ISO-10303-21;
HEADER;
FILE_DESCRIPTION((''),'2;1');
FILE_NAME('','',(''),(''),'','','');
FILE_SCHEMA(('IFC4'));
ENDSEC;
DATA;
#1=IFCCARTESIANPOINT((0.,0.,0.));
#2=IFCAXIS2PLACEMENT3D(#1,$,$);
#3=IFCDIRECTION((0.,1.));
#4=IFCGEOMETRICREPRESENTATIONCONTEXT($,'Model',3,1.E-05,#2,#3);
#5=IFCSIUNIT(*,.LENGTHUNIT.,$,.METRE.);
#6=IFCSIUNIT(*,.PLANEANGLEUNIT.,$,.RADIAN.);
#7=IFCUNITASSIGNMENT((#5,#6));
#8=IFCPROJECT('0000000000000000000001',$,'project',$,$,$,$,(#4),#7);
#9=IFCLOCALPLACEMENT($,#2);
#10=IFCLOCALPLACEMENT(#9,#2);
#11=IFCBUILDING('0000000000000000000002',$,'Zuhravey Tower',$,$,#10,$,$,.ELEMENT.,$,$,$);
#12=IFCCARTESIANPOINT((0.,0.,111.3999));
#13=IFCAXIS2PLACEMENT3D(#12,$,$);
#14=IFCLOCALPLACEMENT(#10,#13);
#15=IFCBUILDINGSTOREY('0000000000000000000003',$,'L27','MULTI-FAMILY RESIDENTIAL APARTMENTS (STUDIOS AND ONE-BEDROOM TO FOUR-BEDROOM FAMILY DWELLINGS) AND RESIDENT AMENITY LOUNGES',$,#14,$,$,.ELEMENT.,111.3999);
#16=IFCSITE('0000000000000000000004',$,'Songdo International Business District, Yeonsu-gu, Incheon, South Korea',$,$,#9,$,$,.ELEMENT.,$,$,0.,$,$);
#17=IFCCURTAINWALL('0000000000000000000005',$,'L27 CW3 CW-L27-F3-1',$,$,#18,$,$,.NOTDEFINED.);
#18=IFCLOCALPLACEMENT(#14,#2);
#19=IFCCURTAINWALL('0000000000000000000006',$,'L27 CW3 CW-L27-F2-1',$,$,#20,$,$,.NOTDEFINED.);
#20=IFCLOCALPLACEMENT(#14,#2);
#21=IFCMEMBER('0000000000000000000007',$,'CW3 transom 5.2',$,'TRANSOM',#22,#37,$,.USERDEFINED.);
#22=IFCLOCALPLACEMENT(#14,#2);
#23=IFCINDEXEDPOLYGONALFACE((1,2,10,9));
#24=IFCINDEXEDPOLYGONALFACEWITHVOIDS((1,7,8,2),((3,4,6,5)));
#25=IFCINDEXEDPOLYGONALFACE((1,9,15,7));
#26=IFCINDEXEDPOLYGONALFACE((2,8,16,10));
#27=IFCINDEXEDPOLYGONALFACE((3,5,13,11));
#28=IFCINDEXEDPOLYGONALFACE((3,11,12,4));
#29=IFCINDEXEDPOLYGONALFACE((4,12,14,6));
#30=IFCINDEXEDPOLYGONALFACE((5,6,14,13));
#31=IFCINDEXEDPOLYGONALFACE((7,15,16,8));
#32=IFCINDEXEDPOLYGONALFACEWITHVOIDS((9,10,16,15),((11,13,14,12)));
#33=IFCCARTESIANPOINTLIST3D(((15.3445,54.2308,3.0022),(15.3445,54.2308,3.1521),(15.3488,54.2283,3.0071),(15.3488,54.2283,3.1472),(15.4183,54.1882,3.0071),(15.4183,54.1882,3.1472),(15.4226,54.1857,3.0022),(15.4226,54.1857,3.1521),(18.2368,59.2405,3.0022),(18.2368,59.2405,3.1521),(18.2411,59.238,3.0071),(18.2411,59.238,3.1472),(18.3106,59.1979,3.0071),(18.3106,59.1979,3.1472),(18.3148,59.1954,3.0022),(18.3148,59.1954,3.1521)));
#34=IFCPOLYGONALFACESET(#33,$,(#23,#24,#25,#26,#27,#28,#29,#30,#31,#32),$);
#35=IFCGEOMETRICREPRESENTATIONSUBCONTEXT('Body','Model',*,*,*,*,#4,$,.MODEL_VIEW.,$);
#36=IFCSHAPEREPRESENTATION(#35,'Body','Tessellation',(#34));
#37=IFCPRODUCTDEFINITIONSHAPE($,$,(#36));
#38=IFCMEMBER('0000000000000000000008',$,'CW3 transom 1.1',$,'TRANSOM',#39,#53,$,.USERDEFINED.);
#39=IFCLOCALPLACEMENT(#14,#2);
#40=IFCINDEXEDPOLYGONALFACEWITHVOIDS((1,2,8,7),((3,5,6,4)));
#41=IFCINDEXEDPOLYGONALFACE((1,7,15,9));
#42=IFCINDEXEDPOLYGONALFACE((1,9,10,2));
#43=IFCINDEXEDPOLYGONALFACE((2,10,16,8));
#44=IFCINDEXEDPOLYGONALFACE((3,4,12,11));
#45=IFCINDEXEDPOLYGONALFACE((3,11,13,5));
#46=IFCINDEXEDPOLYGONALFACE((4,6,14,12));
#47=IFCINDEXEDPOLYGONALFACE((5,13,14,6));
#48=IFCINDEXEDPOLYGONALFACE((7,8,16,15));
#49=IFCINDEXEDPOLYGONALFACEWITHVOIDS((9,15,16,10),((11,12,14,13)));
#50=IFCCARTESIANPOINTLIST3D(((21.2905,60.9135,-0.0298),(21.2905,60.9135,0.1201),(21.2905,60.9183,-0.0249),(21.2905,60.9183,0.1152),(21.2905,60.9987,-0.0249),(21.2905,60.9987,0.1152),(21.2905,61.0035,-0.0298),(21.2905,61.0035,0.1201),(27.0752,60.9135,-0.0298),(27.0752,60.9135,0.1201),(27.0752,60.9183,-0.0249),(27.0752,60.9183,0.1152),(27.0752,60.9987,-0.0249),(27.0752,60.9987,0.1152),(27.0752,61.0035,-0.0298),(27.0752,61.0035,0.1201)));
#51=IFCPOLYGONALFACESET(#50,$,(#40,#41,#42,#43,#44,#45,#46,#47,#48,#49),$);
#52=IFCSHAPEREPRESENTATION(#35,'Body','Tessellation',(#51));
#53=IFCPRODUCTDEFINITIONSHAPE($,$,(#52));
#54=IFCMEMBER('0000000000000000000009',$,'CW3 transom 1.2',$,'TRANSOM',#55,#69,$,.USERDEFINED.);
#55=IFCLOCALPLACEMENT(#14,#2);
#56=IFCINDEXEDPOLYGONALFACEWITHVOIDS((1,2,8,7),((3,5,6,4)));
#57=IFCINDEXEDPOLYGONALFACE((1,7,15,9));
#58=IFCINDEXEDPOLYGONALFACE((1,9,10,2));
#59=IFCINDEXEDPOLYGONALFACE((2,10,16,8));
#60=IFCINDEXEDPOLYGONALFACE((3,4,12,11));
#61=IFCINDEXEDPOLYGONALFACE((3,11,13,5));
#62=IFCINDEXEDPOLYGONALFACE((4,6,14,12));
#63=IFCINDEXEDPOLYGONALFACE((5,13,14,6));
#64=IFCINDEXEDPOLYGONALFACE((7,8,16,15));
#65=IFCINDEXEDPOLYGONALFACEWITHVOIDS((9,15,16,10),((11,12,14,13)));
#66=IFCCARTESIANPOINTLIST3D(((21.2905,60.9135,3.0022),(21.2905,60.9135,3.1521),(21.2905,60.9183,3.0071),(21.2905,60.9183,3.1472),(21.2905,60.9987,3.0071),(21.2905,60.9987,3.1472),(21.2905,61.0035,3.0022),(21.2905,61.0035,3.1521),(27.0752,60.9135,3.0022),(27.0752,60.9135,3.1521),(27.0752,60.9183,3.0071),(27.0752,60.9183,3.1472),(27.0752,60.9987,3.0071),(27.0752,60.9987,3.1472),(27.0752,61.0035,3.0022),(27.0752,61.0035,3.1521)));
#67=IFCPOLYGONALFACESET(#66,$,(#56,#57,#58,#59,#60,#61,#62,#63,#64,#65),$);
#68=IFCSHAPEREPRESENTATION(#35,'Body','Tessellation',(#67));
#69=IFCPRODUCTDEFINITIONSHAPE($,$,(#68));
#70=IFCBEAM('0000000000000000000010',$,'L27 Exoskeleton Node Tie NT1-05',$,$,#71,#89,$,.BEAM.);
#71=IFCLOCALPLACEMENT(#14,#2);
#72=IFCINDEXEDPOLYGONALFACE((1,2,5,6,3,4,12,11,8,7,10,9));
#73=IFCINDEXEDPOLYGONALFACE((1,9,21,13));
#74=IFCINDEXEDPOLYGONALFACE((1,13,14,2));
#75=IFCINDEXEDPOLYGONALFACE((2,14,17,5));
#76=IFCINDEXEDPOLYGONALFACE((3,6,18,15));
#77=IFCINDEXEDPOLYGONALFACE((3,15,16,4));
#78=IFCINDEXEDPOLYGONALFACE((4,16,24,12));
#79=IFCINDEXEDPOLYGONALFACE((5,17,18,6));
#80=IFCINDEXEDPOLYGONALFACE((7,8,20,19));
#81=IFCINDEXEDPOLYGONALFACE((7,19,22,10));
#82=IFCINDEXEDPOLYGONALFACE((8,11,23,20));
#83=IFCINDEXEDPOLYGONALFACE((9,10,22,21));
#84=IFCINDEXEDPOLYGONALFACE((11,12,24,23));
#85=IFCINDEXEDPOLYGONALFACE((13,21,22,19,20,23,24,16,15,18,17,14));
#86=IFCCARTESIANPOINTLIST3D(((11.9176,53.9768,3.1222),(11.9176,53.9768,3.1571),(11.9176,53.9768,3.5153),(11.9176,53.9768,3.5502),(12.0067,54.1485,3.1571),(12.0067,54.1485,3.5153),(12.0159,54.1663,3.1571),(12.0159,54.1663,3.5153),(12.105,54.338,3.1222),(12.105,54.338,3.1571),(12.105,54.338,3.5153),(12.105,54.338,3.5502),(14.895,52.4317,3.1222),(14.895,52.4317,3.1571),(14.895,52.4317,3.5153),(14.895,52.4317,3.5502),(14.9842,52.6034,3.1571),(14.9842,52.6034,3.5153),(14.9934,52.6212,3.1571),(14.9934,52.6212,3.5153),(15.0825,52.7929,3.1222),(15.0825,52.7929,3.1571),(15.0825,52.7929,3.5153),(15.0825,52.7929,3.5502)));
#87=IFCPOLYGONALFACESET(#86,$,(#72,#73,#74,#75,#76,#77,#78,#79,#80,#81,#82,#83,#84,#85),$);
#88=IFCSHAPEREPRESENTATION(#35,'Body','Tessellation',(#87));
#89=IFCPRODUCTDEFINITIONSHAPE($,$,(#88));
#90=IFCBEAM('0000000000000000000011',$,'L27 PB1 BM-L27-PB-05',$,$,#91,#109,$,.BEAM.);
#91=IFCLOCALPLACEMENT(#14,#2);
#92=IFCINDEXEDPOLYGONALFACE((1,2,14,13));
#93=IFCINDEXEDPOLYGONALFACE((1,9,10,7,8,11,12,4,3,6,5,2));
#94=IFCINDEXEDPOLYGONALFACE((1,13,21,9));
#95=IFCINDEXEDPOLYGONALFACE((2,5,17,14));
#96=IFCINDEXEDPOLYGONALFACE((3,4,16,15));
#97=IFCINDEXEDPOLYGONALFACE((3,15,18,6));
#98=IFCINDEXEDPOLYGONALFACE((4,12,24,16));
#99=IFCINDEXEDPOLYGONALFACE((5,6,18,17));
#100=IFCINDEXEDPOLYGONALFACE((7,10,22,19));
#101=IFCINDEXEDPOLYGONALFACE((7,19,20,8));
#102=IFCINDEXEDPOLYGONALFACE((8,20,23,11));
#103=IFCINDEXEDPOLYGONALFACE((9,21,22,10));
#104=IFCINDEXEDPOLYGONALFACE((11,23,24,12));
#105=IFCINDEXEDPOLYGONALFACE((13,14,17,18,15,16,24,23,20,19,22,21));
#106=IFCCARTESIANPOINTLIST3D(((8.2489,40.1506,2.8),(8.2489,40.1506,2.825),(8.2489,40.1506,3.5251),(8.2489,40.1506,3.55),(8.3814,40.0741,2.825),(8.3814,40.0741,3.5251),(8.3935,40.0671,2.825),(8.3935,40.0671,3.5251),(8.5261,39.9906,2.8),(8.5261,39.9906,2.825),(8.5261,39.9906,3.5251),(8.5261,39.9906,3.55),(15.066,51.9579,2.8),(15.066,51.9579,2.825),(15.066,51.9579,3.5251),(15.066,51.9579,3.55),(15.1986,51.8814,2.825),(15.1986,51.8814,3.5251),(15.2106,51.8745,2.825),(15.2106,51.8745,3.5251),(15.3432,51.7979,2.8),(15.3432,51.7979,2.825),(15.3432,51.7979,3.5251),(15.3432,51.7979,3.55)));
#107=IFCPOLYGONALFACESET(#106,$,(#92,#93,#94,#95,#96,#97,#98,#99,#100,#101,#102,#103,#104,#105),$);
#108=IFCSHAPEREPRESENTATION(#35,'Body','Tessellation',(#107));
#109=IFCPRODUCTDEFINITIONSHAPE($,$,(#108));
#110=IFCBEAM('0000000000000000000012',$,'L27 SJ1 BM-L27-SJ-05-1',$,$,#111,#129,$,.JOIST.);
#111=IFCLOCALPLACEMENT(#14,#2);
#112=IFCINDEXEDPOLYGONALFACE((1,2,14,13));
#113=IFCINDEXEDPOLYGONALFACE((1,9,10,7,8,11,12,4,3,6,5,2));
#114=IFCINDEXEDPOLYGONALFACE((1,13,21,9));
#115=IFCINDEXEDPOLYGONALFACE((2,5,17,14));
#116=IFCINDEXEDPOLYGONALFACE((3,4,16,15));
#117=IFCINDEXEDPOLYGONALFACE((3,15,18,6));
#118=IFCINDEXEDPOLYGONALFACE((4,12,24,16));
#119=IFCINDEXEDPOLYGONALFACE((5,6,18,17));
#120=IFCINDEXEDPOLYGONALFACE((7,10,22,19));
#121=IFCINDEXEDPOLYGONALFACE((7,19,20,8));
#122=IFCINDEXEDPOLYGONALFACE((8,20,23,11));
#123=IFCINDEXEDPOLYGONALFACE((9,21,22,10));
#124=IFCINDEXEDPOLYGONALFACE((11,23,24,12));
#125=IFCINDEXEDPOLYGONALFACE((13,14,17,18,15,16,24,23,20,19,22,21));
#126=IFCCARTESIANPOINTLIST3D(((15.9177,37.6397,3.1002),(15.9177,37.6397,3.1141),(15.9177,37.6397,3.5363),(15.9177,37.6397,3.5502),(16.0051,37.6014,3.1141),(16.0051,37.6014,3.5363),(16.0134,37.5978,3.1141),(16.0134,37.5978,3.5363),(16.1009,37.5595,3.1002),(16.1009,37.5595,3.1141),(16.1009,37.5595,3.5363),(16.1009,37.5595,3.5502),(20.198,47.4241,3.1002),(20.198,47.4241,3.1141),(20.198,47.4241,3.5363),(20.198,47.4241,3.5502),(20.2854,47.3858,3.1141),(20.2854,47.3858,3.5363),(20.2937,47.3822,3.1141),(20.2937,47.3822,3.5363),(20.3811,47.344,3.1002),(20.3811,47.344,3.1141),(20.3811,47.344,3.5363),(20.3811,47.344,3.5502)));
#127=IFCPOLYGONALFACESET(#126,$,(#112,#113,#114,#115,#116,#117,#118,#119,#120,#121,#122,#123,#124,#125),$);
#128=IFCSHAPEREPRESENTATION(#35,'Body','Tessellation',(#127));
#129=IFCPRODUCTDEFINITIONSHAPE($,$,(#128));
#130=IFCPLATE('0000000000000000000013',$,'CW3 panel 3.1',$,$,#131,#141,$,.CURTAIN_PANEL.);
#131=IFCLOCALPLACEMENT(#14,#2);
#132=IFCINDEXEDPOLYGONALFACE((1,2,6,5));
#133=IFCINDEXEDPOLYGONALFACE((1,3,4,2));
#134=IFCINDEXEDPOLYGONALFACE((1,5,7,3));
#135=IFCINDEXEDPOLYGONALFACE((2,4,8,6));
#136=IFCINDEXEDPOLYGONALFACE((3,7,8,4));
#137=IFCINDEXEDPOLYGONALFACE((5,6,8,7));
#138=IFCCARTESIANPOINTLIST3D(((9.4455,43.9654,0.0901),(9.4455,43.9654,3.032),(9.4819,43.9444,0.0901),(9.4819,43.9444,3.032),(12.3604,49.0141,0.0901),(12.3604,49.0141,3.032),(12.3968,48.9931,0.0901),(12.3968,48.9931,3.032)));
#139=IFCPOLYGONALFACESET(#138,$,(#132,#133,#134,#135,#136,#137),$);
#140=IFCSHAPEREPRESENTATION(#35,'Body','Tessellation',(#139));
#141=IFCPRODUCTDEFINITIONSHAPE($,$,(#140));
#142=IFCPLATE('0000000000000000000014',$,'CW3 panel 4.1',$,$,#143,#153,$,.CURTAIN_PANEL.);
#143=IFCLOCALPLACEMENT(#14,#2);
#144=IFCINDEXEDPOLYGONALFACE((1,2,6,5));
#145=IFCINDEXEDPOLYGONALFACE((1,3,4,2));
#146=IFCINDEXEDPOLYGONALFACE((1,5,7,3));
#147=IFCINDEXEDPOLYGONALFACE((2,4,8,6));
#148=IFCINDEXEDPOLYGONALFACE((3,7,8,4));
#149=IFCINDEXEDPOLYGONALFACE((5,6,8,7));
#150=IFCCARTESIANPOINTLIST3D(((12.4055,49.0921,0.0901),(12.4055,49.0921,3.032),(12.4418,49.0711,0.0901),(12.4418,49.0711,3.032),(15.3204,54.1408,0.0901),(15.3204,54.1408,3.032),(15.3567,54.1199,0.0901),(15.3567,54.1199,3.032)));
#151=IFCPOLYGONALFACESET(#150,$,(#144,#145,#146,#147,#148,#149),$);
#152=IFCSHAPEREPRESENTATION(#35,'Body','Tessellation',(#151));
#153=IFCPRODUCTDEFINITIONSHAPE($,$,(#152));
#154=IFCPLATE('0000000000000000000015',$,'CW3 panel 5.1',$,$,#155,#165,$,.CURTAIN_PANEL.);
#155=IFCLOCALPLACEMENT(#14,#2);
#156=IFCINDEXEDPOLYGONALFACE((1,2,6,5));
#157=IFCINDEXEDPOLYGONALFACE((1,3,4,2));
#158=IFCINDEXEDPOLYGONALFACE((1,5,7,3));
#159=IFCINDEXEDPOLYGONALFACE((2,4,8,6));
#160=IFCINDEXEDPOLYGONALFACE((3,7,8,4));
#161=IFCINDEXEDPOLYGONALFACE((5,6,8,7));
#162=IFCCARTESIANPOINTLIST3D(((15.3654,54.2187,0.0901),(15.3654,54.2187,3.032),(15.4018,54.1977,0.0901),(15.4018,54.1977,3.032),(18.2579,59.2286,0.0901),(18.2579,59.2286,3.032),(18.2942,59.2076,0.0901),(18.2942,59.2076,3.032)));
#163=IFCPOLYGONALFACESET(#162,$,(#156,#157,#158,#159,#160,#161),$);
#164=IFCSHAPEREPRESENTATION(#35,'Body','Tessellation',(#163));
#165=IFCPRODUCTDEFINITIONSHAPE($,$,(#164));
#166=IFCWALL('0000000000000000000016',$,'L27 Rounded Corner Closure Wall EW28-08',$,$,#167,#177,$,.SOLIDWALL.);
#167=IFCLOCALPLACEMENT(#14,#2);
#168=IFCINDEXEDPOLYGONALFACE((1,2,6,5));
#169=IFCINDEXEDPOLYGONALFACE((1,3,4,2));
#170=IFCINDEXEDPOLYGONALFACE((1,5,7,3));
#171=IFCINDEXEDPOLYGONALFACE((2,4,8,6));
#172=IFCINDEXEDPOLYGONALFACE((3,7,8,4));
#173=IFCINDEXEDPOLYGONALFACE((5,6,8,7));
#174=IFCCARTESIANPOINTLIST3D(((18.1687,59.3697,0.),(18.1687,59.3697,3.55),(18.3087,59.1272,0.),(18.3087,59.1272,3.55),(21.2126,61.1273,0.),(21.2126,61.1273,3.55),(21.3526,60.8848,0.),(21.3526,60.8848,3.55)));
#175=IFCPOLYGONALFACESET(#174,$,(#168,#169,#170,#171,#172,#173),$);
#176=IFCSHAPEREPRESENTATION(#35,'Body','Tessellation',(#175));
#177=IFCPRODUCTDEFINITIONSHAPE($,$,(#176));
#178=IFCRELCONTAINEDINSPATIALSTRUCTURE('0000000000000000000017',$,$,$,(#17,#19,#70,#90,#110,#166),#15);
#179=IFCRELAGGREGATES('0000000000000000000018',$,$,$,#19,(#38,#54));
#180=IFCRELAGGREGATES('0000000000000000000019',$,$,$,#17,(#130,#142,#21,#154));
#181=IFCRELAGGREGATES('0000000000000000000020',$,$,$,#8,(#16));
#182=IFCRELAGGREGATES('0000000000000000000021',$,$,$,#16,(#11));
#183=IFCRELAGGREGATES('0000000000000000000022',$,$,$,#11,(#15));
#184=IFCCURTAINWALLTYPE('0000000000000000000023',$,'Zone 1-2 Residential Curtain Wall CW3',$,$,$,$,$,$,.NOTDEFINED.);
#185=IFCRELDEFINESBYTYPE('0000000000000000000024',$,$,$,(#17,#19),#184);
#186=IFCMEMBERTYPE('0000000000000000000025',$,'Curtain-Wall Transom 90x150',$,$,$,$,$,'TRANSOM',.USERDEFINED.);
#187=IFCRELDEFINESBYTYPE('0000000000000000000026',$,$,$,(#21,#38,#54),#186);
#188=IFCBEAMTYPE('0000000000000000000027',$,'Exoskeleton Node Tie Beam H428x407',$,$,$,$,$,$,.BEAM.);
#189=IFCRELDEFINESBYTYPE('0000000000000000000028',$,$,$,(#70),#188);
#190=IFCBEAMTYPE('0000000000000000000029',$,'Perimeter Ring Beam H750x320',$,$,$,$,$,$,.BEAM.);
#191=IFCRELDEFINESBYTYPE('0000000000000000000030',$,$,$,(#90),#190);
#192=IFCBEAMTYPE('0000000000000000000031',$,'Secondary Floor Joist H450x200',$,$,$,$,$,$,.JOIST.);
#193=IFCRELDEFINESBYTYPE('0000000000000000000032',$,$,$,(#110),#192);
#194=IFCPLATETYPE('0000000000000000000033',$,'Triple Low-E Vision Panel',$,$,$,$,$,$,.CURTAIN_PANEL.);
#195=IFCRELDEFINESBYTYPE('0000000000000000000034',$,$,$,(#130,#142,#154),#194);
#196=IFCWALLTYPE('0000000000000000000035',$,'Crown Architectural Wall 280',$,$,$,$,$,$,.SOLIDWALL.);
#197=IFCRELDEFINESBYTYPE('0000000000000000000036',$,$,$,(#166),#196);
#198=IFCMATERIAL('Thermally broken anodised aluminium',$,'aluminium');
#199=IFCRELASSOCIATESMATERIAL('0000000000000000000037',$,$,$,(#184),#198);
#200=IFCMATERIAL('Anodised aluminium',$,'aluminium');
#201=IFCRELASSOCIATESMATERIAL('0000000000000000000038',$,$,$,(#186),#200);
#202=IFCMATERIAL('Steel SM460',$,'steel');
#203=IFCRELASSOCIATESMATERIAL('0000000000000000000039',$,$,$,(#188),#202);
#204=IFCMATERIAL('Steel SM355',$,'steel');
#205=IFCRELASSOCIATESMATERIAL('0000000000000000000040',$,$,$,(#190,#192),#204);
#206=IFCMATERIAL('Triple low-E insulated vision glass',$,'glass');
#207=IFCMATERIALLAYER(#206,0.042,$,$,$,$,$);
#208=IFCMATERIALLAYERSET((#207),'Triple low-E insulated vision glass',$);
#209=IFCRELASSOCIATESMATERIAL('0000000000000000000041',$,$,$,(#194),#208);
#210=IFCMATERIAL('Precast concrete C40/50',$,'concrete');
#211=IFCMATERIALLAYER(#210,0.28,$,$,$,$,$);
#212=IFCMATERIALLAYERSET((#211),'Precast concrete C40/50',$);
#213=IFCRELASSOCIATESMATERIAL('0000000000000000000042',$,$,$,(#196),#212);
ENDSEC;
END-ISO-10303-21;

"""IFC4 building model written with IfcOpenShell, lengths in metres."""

from ifc_helpers import new_model, si_unit, direction, frame, frame_2d, origin, origin_2d, place, context, subcontext, project, spatial, rectangle, hollow_rectangle, i_section, extrude, material, layer, layer_set, material_profile, profile_set, type_object, element, aggregate, save


model = new_model("IFC4")

# Units and contexts
model_context = context("Model", 3, precision=1e-05, world=origin(), true_north=direction((0.0, 1.0)))
body_context = subcontext(model_context, "Body", "Model", "MODEL_VIEW")
ifc_project = project(units=[si_unit("LENGTHUNIT", "METRE"), si_unit("PLANEANGLEUNIT", "RADIAN")], contexts=[model_context])

# Site, building, storey
site_placement = place(None, origin())
site = spatial("IfcSite", under=ifc_project, at=site_placement, Name="Songdo International Business District, Yeonsu-gu, Incheon, South Korea", CompositionType="ELEMENT", RefElevation=0.0)
building_placement = place(site_placement, origin())
building = spatial("IfcBuilding", under=site, at=building_placement, Name="Zuhravey Tower", CompositionType="ELEMENT")
storey_placement = place(building_placement, frame((0.0, 0.0, 111.3999)))
storey = spatial("IfcBuildingStorey", under=building, at=storey_placement, Name="L27", Description="MULTI-FAMILY RESIDENTIAL APARTMENTS (STUDIOS AND ONE-BEDROOM TO FOUR-BEDROOM FAMILY DWELLINGS) AND RESIDENT AMENITY LOUNGES", CompositionType="ELEMENT", Elevation=111.3999)

# Curtain wall
ifc_material_1 = material(Name="Thermally broken anodised aluminium", Category="aluminium")
curtain_wall_type = type_object("IfcCurtainWallType", Name="Zone 1-2 Residential Curtain Wall CW3", PredefinedType="NOTDEFINED", material=ifc_material_1)
curtain_wall_1_placement = place(storey_placement, origin())
curtain_wall_1 = element("IfcCurtainWall", 1, at=curtain_wall_1_placement, inside=storey, type_object=curtain_wall_type, Name="L27 CW3 CW-L27-F3-1", PredefinedType="NOTDEFINED")
ifc_material_2 = material(Name="Anodised aluminium", Category="aluminium")

# Curtain wall
curtain_wall_2_placement = place(storey_placement, origin())
curtain_wall_2 = element("IfcCurtainWall", 2, at=curtain_wall_2_placement, inside=storey, type_object=curtain_wall_type, Name="L27 CW3 CW-L27-F2-1", PredefinedType="NOTDEFINED")

# Members
ifc_material_profile_1 = material_profile(ifc_material_2, hollow_rectangle(XDim=0.0901, YDim=0.1499, WallThickness=0.0049, at=origin_2d()), Name="ALU-RHS-90x150x5")
ifc_profile_set_1 = profile_set([ifc_material_profile_1], Name="Anodised aluminium")
member_type_1 = type_object("IfcMemberType", Name="Curtain-Wall Transom 90x150", ElementType="TRANSOM", PredefinedType="USERDEFINED", material=ifc_profile_set_1)
member_1_placement = place(storey_placement, frame((15.3835, 54.2083, 3.0771), z_axis=(0.499993, 0.86603, 0.0), x_axis=(-0.86603, 0.499993, 0.0)))
member_1 = element("IfcMember", 3, at=member_1_placement, type_object=member_type_1, Name="CW3 transom 5.2", ObjectType="TRANSOM", PredefinedType="USERDEFINED", context=body_context, shape_type="SweptSolid", body=[
    extrude(hollow_rectangle(XDim=0.0901, YDim=0.1499, WallThickness=0.0049, at=origin_2d()), origin(), (0.0, 0.0, 1.0), 5.7847),
])
member_2_placement = place(storey_placement, frame((21.2905, 60.9585, 0.0452), z_axis=(1.0, 0.0, 0.0), x_axis=(0.0, 1.0, 0.0)))
member_2 = element("IfcMember", 4, at=member_2_placement, type_object=member_type_1, Name="CW3 transom 1.1", ObjectType="TRANSOM", PredefinedType="USERDEFINED", context=body_context, shape_type="SweptSolid", body=[
    extrude(hollow_rectangle(XDim=0.0901, YDim=0.1499, WallThickness=0.0049, at=origin_2d()), origin(), (0.0, 0.0, 1.0), 5.7847),
])
member_3_placement = place(storey_placement, frame((21.2905, 60.9585, 3.0771), z_axis=(1.0, 0.0, 0.0), x_axis=(0.0, 1.0, 0.0)))
member_3 = element("IfcMember", 5, at=member_3_placement, type_object=member_type_1, Name="CW3 transom 1.2", ObjectType="TRANSOM", PredefinedType="USERDEFINED", context=body_context, shape_type="SweptSolid", body=[
    extrude(hollow_rectangle(XDim=0.0901, YDim=0.1499, WallThickness=0.0049, at=origin_2d()), origin(), (0.0, 0.0, 1.0), 5.7847),
])
aggregate(curtain_wall_2, [member_2, member_3])

# Beams
ifc_material_3 = material(Name="Steel SM460", Category="steel")
ifc_material_profile_2 = material_profile(ifc_material_3, i_section(OverallWidth=0.407, OverallDepth=0.428, WebThickness=0.02, FlangeThickness=0.0349, at=origin_2d()), Name="H-428x407x20x35")
ifc_profile_set_2 = profile_set([ifc_material_profile_2], Name="Steel SM460")
beam_type_1 = type_object("IfcBeamType", Name="Exoskeleton Node Tie Beam H428x407", PredefinedType="BEAM", material=ifc_profile_set_2)
beam_1_placement = place(storey_placement, frame((14.9888, 52.6123, 3.3362), z_axis=(-0.887601, 0.460612, 0.0), x_axis=(-0.460612, -0.887601, 0.0)))
element("IfcBeam", 6, at=beam_1_placement, inside=storey, type_object=beam_type_1, Name="L27 Exoskeleton Node Tie NT1-05", PredefinedType="BEAM", context=body_context, shape_type="SweptSolid", body=[
    extrude(i_section(OverallWidth=0.407, OverallDepth=0.428, WebThickness=0.02, FlangeThickness=0.0349, at=origin_2d()), origin(), (0.0, 0.0, 1.0), 3.3545),
])
ifc_material_4 = material(Name="Steel SM355", Category="steel")
ifc_material_profile_3 = material_profile(ifc_material_4, i_section(OverallWidth=0.3201, OverallDepth=0.75, WebThickness=0.0139, FlangeThickness=0.0249, at=origin_2d()), Name="H-750x320x14x25")
ifc_profile_set_3 = profile_set([ifc_material_profile_3], Name="Steel SM355")
beam_type_2 = type_object("IfcBeamType", Name="Perimeter Ring Beam H750x320", PredefinedType="BEAM", material=ifc_profile_set_3)
beam_2_placement = place(storey_placement, frame((15.2046, 51.8779, 3.175), z_axis=(-0.500008, -0.866021, 0.0), x_axis=(0.866021, -0.500008, 0.0)))
element("IfcBeam", 7, at=beam_2_placement, inside=storey, type_object=beam_type_2, Name="L27 PB1 BM-L27-PB-05", PredefinedType="BEAM", context=body_context, shape_type="SweptSolid", body=[
    extrude(i_section(OverallWidth=0.3201, OverallDepth=0.75, WebThickness=0.0139, FlangeThickness=0.0249, at=origin_2d()), origin(), (0.0, 0.0, 1.0), 13.634),
])
ifc_material_profile_4 = material_profile(ifc_material_4, i_section(OverallWidth=0.2, OverallDepth=0.45, WebThickness=0.009, FlangeThickness=0.0139, at=origin_2d()), Name="H-450x200x9x14")
ifc_profile_set_4 = profile_set([ifc_material_profile_4], Name="Steel SM355")
beam_type_3 = type_object("IfcBeamType", Name="Secondary Floor Joist H450x200", PredefinedType="JOIST", material=ifc_profile_set_4)
beam_3_placement = place(storey_placement, frame((20.2896, 47.384, 3.3252), z_axis=(-0.400786, -0.916172, 0.0), x_axis=(0.916172, -0.400786, 0.0)))
element("IfcBeam", 8, at=beam_3_placement, inside=storey, type_object=beam_type_3, Name="L27 SJ1 BM-L27-SJ-05-1", PredefinedType="JOIST", context=body_context, shape_type="SweptSolid", body=[
    extrude(i_section(OverallWidth=0.2, OverallDepth=0.45, WebThickness=0.009, FlangeThickness=0.0139, at=origin_2d()), origin(), (0.0, 0.0, 1.0), 10.6797),
])

# Plates
ifc_material_5 = material(Name="Triple low-E insulated vision glass", Category="glass")
ifc_layer_1 = layer(ifc_material_5, 0.042)
ifc_layer_set_1 = layer_set([ifc_layer_1], Name="Triple low-E insulated vision glass")
plate_type = type_object("IfcPlateType", Name="Triple Low-E Vision Panel", PredefinedType="CURTAIN_PANEL", material=ifc_layer_set_1)
plate_1_placement = place(storey_placement, frame((10.9211, 46.4792, 0.0901), z_axis=(0.0, 0.0, 1.0), x_axis=(0.5, 0.866026, 0.0)))
plate_1 = element("IfcPlate", 9, at=plate_1_placement, type_object=plate_type, Name="CW3 panel 3.1", PredefinedType="CURTAIN_PANEL", context=body_context, shape_type="SweptSolid", body=[
    extrude(rectangle(XDim=5.8298, YDim=0.042, at=origin_2d()), origin(), (0.0, 0.0, 1.0), 2.9419),
])
plate_2_placement = place(storey_placement, frame((13.8811, 51.606, 0.0901), z_axis=(0.0, 0.0, 1.0), x_axis=(0.5, 0.866026, 0.0)))
plate_2 = element("IfcPlate", 10, at=plate_2_placement, type_object=plate_type, Name="CW3 panel 4.1", PredefinedType="CURTAIN_PANEL", context=body_context, shape_type="SweptSolid", body=[
    extrude(rectangle(XDim=5.8298, YDim=0.042, at=origin_2d()), origin(), (0.0, 0.0, 1.0), 2.9419),
])
plate_3_placement = place(storey_placement, frame((16.8298, 56.7131, 0.0901), z_axis=(0.0, 0.0, 1.0), x_axis=(0.5, 0.866026, 0.0)))
plate_3 = element("IfcPlate", 11, at=plate_3_placement, type_object=plate_type, Name="CW3 panel 5.1", PredefinedType="CURTAIN_PANEL", context=body_context, shape_type="SweptSolid", body=[
    extrude(rectangle(XDim=5.7849, YDim=0.042, at=origin_2d()), origin(), (0.0, 0.0, 1.0), 2.9419),
])
aggregate(curtain_wall_1, [plate_1, plate_2, member_1, plate_3])

# Wall
ifc_material_6 = material(Name="Precast concrete C40/50", Category="concrete")
ifc_layer_2 = layer(ifc_material_6, 0.28)
ifc_layer_set_2 = layer_set([ifc_layer_2], Name="Precast concrete C40/50")
wall_type_1 = type_object("IfcWallType", Name="Crown Architectural Wall 280", PredefinedType="SOLIDWALL", material=ifc_layer_set_2)
wall_1_placement = place(storey_placement, frame((18.2388, 59.2485, 0.0), z_axis=(0.0, 0.0, 1.0), x_axis=(0.866007, 0.500031, 0.0)))
element("IfcWall", 12, at=wall_1_placement, inside=storey, type_object=wall_type_1, Name="L27 Rounded Corner Closure Wall EW28-08", PredefinedType="SOLIDWALL", context=body_context, shape_type="SweptSolid", body=[
    extrude(rectangle(XDim=3.5149, YDim=0.28, at=frame_2d((1.7573, 0.0))), origin(), (0.0, 0.0, 1.0), 3.55),
])

save(model, "model.ifc")
